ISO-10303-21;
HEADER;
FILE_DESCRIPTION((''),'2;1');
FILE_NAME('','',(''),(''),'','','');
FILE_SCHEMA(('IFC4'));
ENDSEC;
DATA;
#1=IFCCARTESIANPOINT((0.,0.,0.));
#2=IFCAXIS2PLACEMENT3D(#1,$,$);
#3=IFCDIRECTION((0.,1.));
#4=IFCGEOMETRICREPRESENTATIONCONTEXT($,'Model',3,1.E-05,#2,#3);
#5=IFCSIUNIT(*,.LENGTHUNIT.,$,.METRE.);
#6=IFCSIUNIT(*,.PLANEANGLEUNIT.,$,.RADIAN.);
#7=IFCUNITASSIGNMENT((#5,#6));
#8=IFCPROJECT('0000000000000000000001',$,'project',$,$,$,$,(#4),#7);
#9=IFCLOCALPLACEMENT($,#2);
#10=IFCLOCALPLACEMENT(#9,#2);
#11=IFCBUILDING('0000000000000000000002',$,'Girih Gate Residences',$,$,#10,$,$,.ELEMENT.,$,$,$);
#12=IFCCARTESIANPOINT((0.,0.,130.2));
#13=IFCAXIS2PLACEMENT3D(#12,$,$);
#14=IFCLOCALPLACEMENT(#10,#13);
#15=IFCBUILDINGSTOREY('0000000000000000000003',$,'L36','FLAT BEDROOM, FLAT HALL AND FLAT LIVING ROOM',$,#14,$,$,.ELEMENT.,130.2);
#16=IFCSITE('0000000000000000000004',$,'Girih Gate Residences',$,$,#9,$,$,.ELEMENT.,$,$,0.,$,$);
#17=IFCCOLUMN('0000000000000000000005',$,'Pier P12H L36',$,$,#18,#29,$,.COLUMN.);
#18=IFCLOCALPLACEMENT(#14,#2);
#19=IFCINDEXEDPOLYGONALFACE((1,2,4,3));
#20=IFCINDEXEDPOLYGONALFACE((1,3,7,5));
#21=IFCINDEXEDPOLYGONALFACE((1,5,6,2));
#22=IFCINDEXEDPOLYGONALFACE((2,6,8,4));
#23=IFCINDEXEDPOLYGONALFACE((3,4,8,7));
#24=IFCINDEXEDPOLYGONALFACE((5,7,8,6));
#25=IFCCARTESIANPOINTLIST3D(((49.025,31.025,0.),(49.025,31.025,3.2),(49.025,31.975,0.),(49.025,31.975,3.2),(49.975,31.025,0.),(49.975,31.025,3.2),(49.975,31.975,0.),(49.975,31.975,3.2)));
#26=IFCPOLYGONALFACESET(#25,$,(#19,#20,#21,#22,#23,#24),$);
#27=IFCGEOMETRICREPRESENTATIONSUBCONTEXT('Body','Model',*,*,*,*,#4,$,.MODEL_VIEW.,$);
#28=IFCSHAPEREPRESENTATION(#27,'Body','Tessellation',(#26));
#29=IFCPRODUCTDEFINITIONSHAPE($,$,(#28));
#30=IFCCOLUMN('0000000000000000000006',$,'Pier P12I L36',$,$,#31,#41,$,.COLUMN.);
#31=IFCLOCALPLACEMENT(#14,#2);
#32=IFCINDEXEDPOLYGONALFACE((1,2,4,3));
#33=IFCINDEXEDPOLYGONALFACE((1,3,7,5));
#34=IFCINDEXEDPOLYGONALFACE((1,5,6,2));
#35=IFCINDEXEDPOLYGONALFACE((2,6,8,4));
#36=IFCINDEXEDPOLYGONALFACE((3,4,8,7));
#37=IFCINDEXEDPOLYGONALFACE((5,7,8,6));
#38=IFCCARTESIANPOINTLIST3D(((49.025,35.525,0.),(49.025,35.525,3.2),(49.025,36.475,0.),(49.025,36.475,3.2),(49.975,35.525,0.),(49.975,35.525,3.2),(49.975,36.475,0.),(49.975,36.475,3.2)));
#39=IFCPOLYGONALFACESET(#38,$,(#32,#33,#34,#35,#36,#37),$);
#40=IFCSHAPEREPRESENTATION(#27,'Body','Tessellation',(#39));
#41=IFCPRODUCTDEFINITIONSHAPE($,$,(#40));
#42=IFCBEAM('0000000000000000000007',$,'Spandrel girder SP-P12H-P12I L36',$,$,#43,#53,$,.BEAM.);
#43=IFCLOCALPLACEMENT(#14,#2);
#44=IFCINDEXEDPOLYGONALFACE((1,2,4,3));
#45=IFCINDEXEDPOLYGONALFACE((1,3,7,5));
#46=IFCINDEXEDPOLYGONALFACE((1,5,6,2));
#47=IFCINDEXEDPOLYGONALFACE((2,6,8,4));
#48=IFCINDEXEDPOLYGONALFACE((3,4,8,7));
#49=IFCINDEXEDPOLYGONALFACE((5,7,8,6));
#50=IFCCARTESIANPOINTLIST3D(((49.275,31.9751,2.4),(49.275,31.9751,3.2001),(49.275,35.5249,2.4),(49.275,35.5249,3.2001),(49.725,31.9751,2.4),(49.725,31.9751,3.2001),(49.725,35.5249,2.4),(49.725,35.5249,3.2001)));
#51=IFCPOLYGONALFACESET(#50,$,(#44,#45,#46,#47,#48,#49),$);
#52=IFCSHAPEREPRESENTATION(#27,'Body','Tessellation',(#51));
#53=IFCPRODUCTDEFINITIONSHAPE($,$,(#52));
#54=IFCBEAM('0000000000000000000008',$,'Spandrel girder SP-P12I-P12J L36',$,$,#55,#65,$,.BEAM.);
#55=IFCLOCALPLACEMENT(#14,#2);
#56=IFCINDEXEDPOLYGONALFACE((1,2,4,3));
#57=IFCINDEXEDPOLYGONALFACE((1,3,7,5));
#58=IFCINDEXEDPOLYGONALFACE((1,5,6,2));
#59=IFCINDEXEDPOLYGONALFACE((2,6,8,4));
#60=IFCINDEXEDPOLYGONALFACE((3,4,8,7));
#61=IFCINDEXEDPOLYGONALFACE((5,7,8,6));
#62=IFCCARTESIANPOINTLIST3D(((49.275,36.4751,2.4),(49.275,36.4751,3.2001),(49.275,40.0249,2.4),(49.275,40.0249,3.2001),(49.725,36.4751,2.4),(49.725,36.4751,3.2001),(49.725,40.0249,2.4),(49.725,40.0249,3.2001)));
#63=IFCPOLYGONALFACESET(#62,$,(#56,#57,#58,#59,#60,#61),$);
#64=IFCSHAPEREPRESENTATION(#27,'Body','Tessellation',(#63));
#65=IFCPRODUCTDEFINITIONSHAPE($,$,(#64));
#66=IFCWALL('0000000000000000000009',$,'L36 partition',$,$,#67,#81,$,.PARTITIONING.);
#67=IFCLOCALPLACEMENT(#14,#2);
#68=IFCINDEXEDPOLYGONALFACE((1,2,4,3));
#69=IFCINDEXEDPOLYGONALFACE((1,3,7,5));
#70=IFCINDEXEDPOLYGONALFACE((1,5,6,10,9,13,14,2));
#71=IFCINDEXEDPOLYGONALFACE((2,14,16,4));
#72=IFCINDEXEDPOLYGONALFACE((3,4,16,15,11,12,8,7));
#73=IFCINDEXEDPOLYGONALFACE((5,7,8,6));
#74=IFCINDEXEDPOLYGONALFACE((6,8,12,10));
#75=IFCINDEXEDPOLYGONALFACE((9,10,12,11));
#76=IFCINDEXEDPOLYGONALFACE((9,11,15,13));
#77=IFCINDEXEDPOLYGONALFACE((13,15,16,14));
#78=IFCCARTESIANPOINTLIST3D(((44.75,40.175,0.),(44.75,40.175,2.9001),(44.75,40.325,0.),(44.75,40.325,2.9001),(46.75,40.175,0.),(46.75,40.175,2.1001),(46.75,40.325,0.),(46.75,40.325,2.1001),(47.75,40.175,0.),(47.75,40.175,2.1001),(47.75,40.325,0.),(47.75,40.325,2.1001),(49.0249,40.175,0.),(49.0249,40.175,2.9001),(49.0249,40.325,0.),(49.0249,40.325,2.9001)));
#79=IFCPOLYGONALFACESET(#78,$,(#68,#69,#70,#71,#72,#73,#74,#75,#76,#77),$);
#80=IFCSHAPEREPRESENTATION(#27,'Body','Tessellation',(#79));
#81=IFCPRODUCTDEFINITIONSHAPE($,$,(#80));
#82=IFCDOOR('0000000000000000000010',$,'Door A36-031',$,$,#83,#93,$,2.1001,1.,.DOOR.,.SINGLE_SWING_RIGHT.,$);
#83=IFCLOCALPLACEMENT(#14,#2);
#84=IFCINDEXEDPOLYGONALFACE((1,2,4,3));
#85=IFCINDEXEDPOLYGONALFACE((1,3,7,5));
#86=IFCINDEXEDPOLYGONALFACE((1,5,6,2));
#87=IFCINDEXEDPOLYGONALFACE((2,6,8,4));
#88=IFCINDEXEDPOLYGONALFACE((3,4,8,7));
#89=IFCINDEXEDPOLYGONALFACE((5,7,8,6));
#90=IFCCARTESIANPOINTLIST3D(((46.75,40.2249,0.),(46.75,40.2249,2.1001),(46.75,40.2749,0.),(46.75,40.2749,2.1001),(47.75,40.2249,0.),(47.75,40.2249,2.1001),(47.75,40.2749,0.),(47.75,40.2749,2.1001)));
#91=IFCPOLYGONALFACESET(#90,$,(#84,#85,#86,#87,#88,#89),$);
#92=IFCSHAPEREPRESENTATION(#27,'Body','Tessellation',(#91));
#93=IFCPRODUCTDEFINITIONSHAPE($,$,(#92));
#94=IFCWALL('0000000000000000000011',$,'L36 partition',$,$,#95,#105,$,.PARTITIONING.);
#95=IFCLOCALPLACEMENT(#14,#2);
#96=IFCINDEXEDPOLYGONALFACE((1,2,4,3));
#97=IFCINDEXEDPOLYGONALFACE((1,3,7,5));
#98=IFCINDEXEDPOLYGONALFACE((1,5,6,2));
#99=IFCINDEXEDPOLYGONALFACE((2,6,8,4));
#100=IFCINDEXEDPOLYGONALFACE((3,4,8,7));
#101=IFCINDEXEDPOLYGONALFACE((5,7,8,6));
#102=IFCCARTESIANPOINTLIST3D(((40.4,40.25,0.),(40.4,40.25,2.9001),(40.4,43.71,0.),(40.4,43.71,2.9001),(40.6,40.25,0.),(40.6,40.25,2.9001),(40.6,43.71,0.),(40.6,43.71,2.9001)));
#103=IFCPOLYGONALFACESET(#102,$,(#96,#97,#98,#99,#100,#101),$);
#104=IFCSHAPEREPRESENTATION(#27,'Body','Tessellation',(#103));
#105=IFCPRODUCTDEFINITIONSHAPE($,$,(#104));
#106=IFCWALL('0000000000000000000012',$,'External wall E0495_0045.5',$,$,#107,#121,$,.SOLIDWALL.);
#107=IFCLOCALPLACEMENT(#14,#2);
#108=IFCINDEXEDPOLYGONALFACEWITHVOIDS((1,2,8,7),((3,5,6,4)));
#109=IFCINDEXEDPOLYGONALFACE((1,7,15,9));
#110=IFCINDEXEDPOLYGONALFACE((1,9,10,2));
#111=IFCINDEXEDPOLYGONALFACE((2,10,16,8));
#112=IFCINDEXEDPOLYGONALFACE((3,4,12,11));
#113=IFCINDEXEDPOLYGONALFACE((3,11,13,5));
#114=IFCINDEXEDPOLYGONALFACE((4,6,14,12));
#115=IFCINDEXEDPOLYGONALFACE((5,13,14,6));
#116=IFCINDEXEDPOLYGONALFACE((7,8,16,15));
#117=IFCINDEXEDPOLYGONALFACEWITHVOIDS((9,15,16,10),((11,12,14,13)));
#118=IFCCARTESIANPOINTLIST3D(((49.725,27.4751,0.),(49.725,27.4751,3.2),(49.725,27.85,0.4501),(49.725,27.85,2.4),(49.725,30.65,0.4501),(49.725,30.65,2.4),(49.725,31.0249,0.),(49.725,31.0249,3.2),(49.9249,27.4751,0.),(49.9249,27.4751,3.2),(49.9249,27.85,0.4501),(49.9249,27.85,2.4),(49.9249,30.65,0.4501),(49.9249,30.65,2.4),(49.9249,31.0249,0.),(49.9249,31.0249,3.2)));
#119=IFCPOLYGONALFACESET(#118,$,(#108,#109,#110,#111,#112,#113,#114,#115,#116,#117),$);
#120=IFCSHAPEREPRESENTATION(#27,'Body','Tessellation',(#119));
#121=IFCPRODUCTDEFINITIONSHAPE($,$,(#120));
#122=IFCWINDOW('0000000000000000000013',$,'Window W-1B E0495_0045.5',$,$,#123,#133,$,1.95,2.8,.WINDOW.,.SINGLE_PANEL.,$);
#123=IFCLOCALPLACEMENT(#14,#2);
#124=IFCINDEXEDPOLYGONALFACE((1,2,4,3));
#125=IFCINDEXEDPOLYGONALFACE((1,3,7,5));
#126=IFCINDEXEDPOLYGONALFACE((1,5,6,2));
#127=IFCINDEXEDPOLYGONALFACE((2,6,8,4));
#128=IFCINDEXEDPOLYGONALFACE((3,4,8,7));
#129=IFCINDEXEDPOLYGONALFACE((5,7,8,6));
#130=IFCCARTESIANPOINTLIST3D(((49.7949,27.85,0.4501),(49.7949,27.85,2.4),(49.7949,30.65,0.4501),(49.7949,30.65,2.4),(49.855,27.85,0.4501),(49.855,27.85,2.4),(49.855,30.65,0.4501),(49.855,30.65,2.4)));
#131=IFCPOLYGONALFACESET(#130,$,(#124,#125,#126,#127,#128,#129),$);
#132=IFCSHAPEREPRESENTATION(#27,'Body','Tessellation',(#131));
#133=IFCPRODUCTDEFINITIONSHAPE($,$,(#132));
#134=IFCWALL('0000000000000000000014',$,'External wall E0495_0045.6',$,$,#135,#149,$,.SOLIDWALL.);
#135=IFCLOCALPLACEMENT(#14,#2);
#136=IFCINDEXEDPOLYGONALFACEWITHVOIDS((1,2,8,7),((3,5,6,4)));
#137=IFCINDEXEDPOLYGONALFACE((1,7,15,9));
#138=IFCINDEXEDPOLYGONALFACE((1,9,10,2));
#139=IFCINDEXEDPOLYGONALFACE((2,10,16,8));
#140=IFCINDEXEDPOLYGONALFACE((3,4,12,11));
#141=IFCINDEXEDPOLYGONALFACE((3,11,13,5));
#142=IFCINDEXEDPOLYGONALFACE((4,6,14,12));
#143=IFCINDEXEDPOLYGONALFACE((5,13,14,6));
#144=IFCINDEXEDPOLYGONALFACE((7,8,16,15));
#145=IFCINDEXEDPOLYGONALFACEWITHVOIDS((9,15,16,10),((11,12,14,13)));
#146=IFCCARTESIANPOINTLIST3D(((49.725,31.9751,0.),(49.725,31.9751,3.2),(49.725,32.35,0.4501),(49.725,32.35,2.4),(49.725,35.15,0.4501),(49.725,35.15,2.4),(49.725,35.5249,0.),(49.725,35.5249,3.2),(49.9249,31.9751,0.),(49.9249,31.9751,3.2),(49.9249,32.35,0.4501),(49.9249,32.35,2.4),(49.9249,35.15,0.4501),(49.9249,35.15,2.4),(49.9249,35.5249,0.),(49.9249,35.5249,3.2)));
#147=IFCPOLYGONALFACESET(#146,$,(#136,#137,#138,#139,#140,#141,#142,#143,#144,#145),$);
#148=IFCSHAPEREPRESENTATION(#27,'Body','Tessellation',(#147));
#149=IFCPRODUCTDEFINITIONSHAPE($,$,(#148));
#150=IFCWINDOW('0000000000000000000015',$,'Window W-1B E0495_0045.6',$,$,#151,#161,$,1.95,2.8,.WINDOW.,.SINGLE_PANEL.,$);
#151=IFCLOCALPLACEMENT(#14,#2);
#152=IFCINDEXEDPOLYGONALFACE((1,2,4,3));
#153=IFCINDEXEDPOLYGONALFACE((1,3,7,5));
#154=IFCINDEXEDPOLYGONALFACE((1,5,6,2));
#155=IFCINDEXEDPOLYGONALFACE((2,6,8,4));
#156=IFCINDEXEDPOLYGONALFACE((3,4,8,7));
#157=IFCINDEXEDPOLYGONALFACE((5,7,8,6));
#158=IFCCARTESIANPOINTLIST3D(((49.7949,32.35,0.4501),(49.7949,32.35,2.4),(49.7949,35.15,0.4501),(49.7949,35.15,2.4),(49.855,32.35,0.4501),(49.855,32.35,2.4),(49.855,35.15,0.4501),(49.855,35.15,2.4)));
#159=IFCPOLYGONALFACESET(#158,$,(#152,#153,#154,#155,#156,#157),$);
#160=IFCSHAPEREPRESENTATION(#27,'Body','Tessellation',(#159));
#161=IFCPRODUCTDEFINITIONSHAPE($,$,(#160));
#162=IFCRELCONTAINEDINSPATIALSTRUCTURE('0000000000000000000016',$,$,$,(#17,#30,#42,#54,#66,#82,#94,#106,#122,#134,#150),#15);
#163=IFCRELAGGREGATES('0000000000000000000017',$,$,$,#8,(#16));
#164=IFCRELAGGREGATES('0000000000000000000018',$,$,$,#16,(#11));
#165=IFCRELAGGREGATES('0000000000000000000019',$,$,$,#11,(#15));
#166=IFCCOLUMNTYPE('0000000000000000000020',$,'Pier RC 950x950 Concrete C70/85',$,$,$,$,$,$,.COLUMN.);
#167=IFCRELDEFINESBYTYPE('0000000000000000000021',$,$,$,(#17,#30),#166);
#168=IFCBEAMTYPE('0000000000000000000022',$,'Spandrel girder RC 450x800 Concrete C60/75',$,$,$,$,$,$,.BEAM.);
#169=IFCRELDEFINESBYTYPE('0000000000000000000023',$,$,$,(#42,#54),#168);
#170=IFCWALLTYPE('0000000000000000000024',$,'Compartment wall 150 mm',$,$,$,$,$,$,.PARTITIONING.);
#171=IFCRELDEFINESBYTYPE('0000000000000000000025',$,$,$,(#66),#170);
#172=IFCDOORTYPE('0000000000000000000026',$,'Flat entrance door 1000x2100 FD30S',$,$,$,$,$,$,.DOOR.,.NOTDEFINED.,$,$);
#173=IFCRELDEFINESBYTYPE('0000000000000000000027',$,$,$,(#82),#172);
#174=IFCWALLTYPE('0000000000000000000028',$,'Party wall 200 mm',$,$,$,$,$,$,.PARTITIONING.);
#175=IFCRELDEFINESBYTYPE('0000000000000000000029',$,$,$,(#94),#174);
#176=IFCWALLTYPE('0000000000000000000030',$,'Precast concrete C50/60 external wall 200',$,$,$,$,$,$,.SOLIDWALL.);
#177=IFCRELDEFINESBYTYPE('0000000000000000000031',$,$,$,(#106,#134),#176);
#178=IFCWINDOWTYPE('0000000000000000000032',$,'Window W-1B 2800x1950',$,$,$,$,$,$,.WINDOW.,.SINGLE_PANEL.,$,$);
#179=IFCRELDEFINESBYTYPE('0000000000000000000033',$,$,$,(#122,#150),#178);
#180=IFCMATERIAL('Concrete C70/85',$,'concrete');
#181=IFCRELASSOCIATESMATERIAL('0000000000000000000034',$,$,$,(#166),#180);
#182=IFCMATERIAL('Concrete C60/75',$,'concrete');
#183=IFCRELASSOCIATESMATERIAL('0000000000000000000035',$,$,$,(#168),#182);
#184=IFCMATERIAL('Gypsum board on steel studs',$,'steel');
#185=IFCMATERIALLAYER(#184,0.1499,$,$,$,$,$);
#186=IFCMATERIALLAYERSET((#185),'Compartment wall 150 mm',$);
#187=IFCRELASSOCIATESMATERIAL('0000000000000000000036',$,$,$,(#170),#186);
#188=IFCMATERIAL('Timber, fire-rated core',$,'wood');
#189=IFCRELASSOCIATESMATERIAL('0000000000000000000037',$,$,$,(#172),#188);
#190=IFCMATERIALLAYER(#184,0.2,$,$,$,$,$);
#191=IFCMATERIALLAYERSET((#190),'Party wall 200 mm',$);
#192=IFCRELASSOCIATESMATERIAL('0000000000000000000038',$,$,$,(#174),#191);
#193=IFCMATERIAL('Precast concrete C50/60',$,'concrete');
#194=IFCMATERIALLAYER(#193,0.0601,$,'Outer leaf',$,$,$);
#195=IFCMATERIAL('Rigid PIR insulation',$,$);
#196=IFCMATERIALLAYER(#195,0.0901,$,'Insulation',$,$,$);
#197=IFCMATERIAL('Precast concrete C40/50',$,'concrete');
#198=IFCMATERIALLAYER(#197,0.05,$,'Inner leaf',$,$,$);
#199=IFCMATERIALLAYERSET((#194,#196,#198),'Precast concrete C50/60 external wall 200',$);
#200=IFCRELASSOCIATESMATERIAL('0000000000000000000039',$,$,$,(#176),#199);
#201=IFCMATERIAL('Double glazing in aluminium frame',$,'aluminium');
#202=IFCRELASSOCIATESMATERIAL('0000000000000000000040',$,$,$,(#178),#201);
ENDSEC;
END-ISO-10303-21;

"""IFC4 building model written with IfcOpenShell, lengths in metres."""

from ifc_helpers import new_model, si_unit, direction, frame, frame_2d, origin, origin_2d, place, context, subcontext, project, spatial, rectangle, extrude, material, layer, layer_set, material_profile, profile_set, type_object, element, fill, save


model = new_model("IFC4")

# Units and contexts
model_context = context("Model", 3, precision=1e-05, world=origin(), true_north=direction((0.0, 1.0)))
body_context = subcontext(model_context, "Body", "Model", "MODEL_VIEW")
ifc_project = project(units=[si_unit("LENGTHUNIT", "METRE"), si_unit("PLANEANGLEUNIT", "RADIAN")], contexts=[model_context])

# Site, building, storey
site_placement = place(None, origin())
site = spatial("IfcSite", under=ifc_project, at=site_placement, Name="Girih Gate Residences", CompositionType="ELEMENT", RefElevation=0.0)
building_placement = place(site_placement, origin())
building = spatial("IfcBuilding", under=site, at=building_placement, Name="Girih Gate Residences", CompositionType="ELEMENT")
storey_placement = place(building_placement, frame((0.0, 0.0, 130.2)))
storey = spatial("IfcBuildingStorey", under=building, at=storey_placement, Name="L36", Description="FLAT BEDROOM, FLAT HALL AND FLAT LIVING ROOM", CompositionType="ELEMENT", Elevation=130.2)

# Columns
ifc_material_1 = material(Name="Concrete C70/85", Category="concrete")
ifc_material_profile_1 = material_profile(ifc_material_1, rectangle(XDim=0.95, YDim=0.95, at=origin_2d()))
ifc_profile_set_1 = profile_set([ifc_material_profile_1], Name="Concrete C70/85")
column_type = type_object("IfcColumnType", Name="Pier RC 950x950 Concrete C70/85", PredefinedType="COLUMN", material=ifc_profile_set_1)
for number, where, z_axis, x_axis, name in (
    (1, (49.5, 31.5, 0.0), (0.0, 0.0, 1.0), (1.0, 0.0, 0.0), "Pier P12H L36"),
    (2, (49.5, 36.0, 0.0), (0.0, 0.0, 1.0), (1.0, 0.0, 0.0), "Pier P12I L36"),
):
    element("IfcColumn", number, at=place(storey_placement, frame(where, z_axis=z_axis, x_axis=x_axis)), inside=storey, type_object=column_type, Name=name, PredefinedType="COLUMN", context=body_context, shape_type="SweptSolid", body=[
        extrude(rectangle(XDim=0.95, YDim=0.95, at=origin_2d()), origin(), (0.0, 0.0, 1.0), 3.2),
    ])

# Beams
ifc_material_2 = material(Name="Concrete C60/75", Category="concrete")
ifc_material_profile_2 = material_profile(ifc_material_2, rectangle(XDim=0.45, YDim=0.8, at=origin_2d()))
ifc_profile_set_2 = profile_set([ifc_material_profile_2], Name="Concrete C60/75")
beam_type = type_object("IfcBeamType", Name="Spandrel girder RC 450x800 Concrete C60/75", PredefinedType="BEAM", material=ifc_profile_set_2)
for number, where, z_axis, x_axis, name in (
    (3, (49.5, 31.9751, 2.8), (0.0, 1.0, 0.0), (-1.0, 0.0, 0.0), "Spandrel girder SP-P12H-P12I L36"),
    (4, (49.5, 36.4751, 2.8), (0.0, 1.0, 0.0), (-1.0, 0.0, 0.0), "Spandrel girder SP-P12I-P12J L36"),
):
    element("IfcBeam", number, at=place(storey_placement, frame(where, z_axis=z_axis, x_axis=x_axis)), inside=storey, type_object=beam_type, Name=name, PredefinedType="BEAM", context=body_context, shape_type="SweptSolid", body=[
        extrude(rectangle(XDim=0.45, YDim=0.8, at=origin_2d()), origin(), (0.0, 0.0, 1.0), 3.5498),
    ])

# Wall, opening, door
ifc_material_3 = material(Name="Gypsum board on steel studs", Category="steel")
ifc_layer_1 = layer(ifc_material_3, 0.1499)
ifc_layer_set_1 = layer_set([ifc_layer_1], Name="Compartment wall 150 mm")
wall_type_1 = type_object("IfcWallType", Name="Compartment wall 150 mm", PredefinedType="PARTITIONING", material=ifc_layer_set_1)
wall_1_placement = place(storey_placement, frame((44.75, 40.25, 0.0), z_axis=(0.0, 0.0, 1.0), x_axis=(1.0, 0.0, 0.0)))
wall_1 = element("IfcWall", 5, at=wall_1_placement, inside=storey, type_object=wall_type_1, Name="L36 partition", PredefinedType="PARTITIONING", context=body_context, shape_type="SweptSolid", body=[
    extrude(rectangle(XDim=4.2749, YDim=0.1499, at=frame_2d((2.1375, 0.0))), origin(), (0.0, 0.0, 1.0), 2.9001),
])
opening_1_placement = place(wall_1_placement, frame((2.0, 0.0, 0.0)))
opening_1 = element("IfcOpeningElement", 6, at=opening_1_placement, cuts=wall_1, PredefinedType="OPENING", context=body_context, shape_type="SweptSolid", body=[
    extrude(rectangle(XDim=1.0, YDim=2.1001, at=frame_2d((0.5, 1.05))), frame((0.0, 0.085, 0.0), z_axis=(0.0, -1.0, 0.0), x_axis=(1.0, 0.0, 0.0)), (0.0, 0.0, 1.0), 0.1699),
])
ifc_material_4 = material(Name="Timber, fire-rated core", Category="wood")
door_type = type_object("IfcDoorType", Name="Flat entrance door 1000x2100 FD30S", OperationType="NOTDEFINED", PredefinedType="DOOR", material=ifc_material_4)
door_placement = place(opening_1_placement, origin())
door = element("IfcDoor", 7, at=door_placement, inside=storey, type_object=door_type, Name="Door A36-031", OperationType="SINGLE_SWING_RIGHT", OverallHeight=2.1001, OverallWidth=1.0, PredefinedType="DOOR", context=body_context, shape_type="SweptSolid", body=[
    extrude(rectangle(XDim=1.0, YDim=2.1001, at=frame_2d((0.5, 1.05))), frame((0.0, 0.0249, 0.0), z_axis=(0.0, -1.0, 0.0), x_axis=(1.0, 0.0, 0.0)), (0.0, 0.0, 1.0), 0.05),
])
fill(opening_1, door)

# Wall
ifc_layer_2 = layer(ifc_material_3, 0.2)
ifc_layer_set_2 = layer_set([ifc_layer_2], Name="Party wall 200 mm")
wall_type_2 = type_object("IfcWallType", Name="Party wall 200 mm", PredefinedType="PARTITIONING", material=ifc_layer_set_2)
wall_2_placement = place(storey_placement, frame((40.5, 40.25, 0.0), z_axis=(0.0, 0.0, 1.0), x_axis=(0.0, 1.0, 0.0)))
element("IfcWall", 8, at=wall_2_placement, inside=storey, type_object=wall_type_2, Name="L36 partition", PredefinedType="PARTITIONING", context=body_context, shape_type="SweptSolid", body=[
    extrude(rectangle(XDim=3.46, YDim=0.2, at=frame_2d((1.73, 0.0))), origin(), (0.0, 0.0, 1.0), 2.9001),
])

# Walls, openings, windows
ifc_material_5 = material(Name="Precast concrete C50/60", Category="concrete")
ifc_layer_3 = layer(ifc_material_5, 0.0601, Name="Outer leaf")
ifc_material_6 = material(Name="Rigid PIR insulation")
ifc_layer_4 = layer(ifc_material_6, 0.0901, Name="Insulation")
ifc_material_7 = material(Name="Precast concrete C40/50", Category="concrete")
ifc_layer_5 = layer(ifc_material_7, 0.05, Name="Inner leaf")
ifc_layer_set_3 = layer_set([ifc_layer_3, ifc_layer_4, ifc_layer_5], Name="Precast concrete C50/60 external wall 200")
wall_type_3 = type_object("IfcWallType", Name="Precast concrete C50/60 external wall 200", PredefinedType="SOLIDWALL", material=ifc_layer_set_3)
wall_3_placement = place(storey_placement, frame((49.825, 31.0249, 0.0), z_axis=(0.0, 0.0, 1.0), x_axis=(0.0, -1.0, 0.0)))
wall_3 = element("IfcWall", 9, at=wall_3_placement, inside=storey, type_object=wall_type_3, Name="External wall E0495_0045.5", PredefinedType="SOLIDWALL", context=body_context, shape_type="SweptSolid", body=[
    extrude(rectangle(XDim=3.5498, YDim=0.2, at=frame_2d((1.7749, 0.0))), origin(), (0.0, 0.0, 1.0), 3.2),
])
opening_2_placement = place(wall_3_placement, frame((0.375, 0.0, 0.45)))
opening_2 = element("IfcOpeningElement", 10, at=opening_2_placement, cuts=wall_3, PredefinedType="OPENING", context=body_context, shape_type="SweptSolid", body=[
    extrude(rectangle(XDim=2.8, YDim=1.95, at=frame_2d((1.3999, 0.9751))), frame((0.0, 0.1099, 0.0), z_axis=(0.0, -1.0, 0.0), x_axis=(1.0, 0.0, 0.0)), (0.0, 0.0, 1.0), 0.22),
])
ifc_material_8 = material(Name="Double glazing in aluminium frame", Category="aluminium")
window_type = type_object("IfcWindowType", Name="Window W-1B 2800x1950", PartitioningType="SINGLE_PANEL", PredefinedType="WINDOW", material=ifc_material_8)
window_1_placement = place(opening_2_placement, origin())
window_1 = element("IfcWindow", 11, at=window_1_placement, inside=storey, type_object=window_type, Name="Window W-1B E0495_0045.5", OverallHeight=1.95, OverallWidth=2.8, PartitioningType="SINGLE_PANEL", PredefinedType="WINDOW", context=body_context, shape_type="SweptSolid", body=[
    extrude(rectangle(XDim=2.8, YDim=1.95, at=frame_2d((1.3999, 0.9751))), frame((0.0, 0.03, 0.0), z_axis=(0.0, -1.0, 0.0), x_axis=(1.0, 0.0, 0.0)), (0.0, 0.0, 1.0), 0.0601),
])
fill(opening_2, window_1)
wall_4_placement = place(storey_placement, frame((49.825, 35.5249, 0.0), z_axis=(0.0, 0.0, 1.0), x_axis=(0.0, -1.0, 0.0)))
wall_4 = element("IfcWall", 12, at=wall_4_placement, inside=storey, type_object=wall_type_3, Name="External wall E0495_0045.6", PredefinedType="SOLIDWALL", context=body_context, shape_type="SweptSolid", body=[
    extrude(rectangle(XDim=3.5498, YDim=0.2, at=frame_2d((1.7749, 0.0))), origin(), (0.0, 0.0, 1.0), 3.2),
])
opening_3_placement = place(wall_4_placement, frame((0.375, 0.0, 0.45)))
opening_3 = element("IfcOpeningElement", 13, at=opening_3_placement, cuts=wall_4, PredefinedType="OPENING", context=body_context, shape_type="SweptSolid", body=[
    extrude(rectangle(XDim=2.8, YDim=1.95, at=frame_2d((1.3999, 0.9751))), frame((0.0, 0.1099, 0.0), z_axis=(0.0, -1.0, 0.0), x_axis=(1.0, 0.0, 0.0)), (0.0, 0.0, 1.0), 0.22),
])
window_2_placement = place(opening_3_placement, origin())
window_2 = element("IfcWindow", 14, at=window_2_placement, inside=storey, type_object=window_type, Name="Window W-1B E0495_0045.6", OverallHeight=1.95, OverallWidth=2.8, PartitioningType="SINGLE_PANEL", PredefinedType="WINDOW", context=body_context, shape_type="SweptSolid", body=[
    extrude(rectangle(XDim=2.8, YDim=1.95, at=frame_2d((1.3999, 0.9751))), frame((0.0, 0.03, 0.0), z_axis=(0.0, -1.0, 0.0), x_axis=(1.0, 0.0, 0.0)), (0.0, 0.0, 1.0), 0.0601),
])
fill(opening_3, window_2)

save(model, "model.ifc")
